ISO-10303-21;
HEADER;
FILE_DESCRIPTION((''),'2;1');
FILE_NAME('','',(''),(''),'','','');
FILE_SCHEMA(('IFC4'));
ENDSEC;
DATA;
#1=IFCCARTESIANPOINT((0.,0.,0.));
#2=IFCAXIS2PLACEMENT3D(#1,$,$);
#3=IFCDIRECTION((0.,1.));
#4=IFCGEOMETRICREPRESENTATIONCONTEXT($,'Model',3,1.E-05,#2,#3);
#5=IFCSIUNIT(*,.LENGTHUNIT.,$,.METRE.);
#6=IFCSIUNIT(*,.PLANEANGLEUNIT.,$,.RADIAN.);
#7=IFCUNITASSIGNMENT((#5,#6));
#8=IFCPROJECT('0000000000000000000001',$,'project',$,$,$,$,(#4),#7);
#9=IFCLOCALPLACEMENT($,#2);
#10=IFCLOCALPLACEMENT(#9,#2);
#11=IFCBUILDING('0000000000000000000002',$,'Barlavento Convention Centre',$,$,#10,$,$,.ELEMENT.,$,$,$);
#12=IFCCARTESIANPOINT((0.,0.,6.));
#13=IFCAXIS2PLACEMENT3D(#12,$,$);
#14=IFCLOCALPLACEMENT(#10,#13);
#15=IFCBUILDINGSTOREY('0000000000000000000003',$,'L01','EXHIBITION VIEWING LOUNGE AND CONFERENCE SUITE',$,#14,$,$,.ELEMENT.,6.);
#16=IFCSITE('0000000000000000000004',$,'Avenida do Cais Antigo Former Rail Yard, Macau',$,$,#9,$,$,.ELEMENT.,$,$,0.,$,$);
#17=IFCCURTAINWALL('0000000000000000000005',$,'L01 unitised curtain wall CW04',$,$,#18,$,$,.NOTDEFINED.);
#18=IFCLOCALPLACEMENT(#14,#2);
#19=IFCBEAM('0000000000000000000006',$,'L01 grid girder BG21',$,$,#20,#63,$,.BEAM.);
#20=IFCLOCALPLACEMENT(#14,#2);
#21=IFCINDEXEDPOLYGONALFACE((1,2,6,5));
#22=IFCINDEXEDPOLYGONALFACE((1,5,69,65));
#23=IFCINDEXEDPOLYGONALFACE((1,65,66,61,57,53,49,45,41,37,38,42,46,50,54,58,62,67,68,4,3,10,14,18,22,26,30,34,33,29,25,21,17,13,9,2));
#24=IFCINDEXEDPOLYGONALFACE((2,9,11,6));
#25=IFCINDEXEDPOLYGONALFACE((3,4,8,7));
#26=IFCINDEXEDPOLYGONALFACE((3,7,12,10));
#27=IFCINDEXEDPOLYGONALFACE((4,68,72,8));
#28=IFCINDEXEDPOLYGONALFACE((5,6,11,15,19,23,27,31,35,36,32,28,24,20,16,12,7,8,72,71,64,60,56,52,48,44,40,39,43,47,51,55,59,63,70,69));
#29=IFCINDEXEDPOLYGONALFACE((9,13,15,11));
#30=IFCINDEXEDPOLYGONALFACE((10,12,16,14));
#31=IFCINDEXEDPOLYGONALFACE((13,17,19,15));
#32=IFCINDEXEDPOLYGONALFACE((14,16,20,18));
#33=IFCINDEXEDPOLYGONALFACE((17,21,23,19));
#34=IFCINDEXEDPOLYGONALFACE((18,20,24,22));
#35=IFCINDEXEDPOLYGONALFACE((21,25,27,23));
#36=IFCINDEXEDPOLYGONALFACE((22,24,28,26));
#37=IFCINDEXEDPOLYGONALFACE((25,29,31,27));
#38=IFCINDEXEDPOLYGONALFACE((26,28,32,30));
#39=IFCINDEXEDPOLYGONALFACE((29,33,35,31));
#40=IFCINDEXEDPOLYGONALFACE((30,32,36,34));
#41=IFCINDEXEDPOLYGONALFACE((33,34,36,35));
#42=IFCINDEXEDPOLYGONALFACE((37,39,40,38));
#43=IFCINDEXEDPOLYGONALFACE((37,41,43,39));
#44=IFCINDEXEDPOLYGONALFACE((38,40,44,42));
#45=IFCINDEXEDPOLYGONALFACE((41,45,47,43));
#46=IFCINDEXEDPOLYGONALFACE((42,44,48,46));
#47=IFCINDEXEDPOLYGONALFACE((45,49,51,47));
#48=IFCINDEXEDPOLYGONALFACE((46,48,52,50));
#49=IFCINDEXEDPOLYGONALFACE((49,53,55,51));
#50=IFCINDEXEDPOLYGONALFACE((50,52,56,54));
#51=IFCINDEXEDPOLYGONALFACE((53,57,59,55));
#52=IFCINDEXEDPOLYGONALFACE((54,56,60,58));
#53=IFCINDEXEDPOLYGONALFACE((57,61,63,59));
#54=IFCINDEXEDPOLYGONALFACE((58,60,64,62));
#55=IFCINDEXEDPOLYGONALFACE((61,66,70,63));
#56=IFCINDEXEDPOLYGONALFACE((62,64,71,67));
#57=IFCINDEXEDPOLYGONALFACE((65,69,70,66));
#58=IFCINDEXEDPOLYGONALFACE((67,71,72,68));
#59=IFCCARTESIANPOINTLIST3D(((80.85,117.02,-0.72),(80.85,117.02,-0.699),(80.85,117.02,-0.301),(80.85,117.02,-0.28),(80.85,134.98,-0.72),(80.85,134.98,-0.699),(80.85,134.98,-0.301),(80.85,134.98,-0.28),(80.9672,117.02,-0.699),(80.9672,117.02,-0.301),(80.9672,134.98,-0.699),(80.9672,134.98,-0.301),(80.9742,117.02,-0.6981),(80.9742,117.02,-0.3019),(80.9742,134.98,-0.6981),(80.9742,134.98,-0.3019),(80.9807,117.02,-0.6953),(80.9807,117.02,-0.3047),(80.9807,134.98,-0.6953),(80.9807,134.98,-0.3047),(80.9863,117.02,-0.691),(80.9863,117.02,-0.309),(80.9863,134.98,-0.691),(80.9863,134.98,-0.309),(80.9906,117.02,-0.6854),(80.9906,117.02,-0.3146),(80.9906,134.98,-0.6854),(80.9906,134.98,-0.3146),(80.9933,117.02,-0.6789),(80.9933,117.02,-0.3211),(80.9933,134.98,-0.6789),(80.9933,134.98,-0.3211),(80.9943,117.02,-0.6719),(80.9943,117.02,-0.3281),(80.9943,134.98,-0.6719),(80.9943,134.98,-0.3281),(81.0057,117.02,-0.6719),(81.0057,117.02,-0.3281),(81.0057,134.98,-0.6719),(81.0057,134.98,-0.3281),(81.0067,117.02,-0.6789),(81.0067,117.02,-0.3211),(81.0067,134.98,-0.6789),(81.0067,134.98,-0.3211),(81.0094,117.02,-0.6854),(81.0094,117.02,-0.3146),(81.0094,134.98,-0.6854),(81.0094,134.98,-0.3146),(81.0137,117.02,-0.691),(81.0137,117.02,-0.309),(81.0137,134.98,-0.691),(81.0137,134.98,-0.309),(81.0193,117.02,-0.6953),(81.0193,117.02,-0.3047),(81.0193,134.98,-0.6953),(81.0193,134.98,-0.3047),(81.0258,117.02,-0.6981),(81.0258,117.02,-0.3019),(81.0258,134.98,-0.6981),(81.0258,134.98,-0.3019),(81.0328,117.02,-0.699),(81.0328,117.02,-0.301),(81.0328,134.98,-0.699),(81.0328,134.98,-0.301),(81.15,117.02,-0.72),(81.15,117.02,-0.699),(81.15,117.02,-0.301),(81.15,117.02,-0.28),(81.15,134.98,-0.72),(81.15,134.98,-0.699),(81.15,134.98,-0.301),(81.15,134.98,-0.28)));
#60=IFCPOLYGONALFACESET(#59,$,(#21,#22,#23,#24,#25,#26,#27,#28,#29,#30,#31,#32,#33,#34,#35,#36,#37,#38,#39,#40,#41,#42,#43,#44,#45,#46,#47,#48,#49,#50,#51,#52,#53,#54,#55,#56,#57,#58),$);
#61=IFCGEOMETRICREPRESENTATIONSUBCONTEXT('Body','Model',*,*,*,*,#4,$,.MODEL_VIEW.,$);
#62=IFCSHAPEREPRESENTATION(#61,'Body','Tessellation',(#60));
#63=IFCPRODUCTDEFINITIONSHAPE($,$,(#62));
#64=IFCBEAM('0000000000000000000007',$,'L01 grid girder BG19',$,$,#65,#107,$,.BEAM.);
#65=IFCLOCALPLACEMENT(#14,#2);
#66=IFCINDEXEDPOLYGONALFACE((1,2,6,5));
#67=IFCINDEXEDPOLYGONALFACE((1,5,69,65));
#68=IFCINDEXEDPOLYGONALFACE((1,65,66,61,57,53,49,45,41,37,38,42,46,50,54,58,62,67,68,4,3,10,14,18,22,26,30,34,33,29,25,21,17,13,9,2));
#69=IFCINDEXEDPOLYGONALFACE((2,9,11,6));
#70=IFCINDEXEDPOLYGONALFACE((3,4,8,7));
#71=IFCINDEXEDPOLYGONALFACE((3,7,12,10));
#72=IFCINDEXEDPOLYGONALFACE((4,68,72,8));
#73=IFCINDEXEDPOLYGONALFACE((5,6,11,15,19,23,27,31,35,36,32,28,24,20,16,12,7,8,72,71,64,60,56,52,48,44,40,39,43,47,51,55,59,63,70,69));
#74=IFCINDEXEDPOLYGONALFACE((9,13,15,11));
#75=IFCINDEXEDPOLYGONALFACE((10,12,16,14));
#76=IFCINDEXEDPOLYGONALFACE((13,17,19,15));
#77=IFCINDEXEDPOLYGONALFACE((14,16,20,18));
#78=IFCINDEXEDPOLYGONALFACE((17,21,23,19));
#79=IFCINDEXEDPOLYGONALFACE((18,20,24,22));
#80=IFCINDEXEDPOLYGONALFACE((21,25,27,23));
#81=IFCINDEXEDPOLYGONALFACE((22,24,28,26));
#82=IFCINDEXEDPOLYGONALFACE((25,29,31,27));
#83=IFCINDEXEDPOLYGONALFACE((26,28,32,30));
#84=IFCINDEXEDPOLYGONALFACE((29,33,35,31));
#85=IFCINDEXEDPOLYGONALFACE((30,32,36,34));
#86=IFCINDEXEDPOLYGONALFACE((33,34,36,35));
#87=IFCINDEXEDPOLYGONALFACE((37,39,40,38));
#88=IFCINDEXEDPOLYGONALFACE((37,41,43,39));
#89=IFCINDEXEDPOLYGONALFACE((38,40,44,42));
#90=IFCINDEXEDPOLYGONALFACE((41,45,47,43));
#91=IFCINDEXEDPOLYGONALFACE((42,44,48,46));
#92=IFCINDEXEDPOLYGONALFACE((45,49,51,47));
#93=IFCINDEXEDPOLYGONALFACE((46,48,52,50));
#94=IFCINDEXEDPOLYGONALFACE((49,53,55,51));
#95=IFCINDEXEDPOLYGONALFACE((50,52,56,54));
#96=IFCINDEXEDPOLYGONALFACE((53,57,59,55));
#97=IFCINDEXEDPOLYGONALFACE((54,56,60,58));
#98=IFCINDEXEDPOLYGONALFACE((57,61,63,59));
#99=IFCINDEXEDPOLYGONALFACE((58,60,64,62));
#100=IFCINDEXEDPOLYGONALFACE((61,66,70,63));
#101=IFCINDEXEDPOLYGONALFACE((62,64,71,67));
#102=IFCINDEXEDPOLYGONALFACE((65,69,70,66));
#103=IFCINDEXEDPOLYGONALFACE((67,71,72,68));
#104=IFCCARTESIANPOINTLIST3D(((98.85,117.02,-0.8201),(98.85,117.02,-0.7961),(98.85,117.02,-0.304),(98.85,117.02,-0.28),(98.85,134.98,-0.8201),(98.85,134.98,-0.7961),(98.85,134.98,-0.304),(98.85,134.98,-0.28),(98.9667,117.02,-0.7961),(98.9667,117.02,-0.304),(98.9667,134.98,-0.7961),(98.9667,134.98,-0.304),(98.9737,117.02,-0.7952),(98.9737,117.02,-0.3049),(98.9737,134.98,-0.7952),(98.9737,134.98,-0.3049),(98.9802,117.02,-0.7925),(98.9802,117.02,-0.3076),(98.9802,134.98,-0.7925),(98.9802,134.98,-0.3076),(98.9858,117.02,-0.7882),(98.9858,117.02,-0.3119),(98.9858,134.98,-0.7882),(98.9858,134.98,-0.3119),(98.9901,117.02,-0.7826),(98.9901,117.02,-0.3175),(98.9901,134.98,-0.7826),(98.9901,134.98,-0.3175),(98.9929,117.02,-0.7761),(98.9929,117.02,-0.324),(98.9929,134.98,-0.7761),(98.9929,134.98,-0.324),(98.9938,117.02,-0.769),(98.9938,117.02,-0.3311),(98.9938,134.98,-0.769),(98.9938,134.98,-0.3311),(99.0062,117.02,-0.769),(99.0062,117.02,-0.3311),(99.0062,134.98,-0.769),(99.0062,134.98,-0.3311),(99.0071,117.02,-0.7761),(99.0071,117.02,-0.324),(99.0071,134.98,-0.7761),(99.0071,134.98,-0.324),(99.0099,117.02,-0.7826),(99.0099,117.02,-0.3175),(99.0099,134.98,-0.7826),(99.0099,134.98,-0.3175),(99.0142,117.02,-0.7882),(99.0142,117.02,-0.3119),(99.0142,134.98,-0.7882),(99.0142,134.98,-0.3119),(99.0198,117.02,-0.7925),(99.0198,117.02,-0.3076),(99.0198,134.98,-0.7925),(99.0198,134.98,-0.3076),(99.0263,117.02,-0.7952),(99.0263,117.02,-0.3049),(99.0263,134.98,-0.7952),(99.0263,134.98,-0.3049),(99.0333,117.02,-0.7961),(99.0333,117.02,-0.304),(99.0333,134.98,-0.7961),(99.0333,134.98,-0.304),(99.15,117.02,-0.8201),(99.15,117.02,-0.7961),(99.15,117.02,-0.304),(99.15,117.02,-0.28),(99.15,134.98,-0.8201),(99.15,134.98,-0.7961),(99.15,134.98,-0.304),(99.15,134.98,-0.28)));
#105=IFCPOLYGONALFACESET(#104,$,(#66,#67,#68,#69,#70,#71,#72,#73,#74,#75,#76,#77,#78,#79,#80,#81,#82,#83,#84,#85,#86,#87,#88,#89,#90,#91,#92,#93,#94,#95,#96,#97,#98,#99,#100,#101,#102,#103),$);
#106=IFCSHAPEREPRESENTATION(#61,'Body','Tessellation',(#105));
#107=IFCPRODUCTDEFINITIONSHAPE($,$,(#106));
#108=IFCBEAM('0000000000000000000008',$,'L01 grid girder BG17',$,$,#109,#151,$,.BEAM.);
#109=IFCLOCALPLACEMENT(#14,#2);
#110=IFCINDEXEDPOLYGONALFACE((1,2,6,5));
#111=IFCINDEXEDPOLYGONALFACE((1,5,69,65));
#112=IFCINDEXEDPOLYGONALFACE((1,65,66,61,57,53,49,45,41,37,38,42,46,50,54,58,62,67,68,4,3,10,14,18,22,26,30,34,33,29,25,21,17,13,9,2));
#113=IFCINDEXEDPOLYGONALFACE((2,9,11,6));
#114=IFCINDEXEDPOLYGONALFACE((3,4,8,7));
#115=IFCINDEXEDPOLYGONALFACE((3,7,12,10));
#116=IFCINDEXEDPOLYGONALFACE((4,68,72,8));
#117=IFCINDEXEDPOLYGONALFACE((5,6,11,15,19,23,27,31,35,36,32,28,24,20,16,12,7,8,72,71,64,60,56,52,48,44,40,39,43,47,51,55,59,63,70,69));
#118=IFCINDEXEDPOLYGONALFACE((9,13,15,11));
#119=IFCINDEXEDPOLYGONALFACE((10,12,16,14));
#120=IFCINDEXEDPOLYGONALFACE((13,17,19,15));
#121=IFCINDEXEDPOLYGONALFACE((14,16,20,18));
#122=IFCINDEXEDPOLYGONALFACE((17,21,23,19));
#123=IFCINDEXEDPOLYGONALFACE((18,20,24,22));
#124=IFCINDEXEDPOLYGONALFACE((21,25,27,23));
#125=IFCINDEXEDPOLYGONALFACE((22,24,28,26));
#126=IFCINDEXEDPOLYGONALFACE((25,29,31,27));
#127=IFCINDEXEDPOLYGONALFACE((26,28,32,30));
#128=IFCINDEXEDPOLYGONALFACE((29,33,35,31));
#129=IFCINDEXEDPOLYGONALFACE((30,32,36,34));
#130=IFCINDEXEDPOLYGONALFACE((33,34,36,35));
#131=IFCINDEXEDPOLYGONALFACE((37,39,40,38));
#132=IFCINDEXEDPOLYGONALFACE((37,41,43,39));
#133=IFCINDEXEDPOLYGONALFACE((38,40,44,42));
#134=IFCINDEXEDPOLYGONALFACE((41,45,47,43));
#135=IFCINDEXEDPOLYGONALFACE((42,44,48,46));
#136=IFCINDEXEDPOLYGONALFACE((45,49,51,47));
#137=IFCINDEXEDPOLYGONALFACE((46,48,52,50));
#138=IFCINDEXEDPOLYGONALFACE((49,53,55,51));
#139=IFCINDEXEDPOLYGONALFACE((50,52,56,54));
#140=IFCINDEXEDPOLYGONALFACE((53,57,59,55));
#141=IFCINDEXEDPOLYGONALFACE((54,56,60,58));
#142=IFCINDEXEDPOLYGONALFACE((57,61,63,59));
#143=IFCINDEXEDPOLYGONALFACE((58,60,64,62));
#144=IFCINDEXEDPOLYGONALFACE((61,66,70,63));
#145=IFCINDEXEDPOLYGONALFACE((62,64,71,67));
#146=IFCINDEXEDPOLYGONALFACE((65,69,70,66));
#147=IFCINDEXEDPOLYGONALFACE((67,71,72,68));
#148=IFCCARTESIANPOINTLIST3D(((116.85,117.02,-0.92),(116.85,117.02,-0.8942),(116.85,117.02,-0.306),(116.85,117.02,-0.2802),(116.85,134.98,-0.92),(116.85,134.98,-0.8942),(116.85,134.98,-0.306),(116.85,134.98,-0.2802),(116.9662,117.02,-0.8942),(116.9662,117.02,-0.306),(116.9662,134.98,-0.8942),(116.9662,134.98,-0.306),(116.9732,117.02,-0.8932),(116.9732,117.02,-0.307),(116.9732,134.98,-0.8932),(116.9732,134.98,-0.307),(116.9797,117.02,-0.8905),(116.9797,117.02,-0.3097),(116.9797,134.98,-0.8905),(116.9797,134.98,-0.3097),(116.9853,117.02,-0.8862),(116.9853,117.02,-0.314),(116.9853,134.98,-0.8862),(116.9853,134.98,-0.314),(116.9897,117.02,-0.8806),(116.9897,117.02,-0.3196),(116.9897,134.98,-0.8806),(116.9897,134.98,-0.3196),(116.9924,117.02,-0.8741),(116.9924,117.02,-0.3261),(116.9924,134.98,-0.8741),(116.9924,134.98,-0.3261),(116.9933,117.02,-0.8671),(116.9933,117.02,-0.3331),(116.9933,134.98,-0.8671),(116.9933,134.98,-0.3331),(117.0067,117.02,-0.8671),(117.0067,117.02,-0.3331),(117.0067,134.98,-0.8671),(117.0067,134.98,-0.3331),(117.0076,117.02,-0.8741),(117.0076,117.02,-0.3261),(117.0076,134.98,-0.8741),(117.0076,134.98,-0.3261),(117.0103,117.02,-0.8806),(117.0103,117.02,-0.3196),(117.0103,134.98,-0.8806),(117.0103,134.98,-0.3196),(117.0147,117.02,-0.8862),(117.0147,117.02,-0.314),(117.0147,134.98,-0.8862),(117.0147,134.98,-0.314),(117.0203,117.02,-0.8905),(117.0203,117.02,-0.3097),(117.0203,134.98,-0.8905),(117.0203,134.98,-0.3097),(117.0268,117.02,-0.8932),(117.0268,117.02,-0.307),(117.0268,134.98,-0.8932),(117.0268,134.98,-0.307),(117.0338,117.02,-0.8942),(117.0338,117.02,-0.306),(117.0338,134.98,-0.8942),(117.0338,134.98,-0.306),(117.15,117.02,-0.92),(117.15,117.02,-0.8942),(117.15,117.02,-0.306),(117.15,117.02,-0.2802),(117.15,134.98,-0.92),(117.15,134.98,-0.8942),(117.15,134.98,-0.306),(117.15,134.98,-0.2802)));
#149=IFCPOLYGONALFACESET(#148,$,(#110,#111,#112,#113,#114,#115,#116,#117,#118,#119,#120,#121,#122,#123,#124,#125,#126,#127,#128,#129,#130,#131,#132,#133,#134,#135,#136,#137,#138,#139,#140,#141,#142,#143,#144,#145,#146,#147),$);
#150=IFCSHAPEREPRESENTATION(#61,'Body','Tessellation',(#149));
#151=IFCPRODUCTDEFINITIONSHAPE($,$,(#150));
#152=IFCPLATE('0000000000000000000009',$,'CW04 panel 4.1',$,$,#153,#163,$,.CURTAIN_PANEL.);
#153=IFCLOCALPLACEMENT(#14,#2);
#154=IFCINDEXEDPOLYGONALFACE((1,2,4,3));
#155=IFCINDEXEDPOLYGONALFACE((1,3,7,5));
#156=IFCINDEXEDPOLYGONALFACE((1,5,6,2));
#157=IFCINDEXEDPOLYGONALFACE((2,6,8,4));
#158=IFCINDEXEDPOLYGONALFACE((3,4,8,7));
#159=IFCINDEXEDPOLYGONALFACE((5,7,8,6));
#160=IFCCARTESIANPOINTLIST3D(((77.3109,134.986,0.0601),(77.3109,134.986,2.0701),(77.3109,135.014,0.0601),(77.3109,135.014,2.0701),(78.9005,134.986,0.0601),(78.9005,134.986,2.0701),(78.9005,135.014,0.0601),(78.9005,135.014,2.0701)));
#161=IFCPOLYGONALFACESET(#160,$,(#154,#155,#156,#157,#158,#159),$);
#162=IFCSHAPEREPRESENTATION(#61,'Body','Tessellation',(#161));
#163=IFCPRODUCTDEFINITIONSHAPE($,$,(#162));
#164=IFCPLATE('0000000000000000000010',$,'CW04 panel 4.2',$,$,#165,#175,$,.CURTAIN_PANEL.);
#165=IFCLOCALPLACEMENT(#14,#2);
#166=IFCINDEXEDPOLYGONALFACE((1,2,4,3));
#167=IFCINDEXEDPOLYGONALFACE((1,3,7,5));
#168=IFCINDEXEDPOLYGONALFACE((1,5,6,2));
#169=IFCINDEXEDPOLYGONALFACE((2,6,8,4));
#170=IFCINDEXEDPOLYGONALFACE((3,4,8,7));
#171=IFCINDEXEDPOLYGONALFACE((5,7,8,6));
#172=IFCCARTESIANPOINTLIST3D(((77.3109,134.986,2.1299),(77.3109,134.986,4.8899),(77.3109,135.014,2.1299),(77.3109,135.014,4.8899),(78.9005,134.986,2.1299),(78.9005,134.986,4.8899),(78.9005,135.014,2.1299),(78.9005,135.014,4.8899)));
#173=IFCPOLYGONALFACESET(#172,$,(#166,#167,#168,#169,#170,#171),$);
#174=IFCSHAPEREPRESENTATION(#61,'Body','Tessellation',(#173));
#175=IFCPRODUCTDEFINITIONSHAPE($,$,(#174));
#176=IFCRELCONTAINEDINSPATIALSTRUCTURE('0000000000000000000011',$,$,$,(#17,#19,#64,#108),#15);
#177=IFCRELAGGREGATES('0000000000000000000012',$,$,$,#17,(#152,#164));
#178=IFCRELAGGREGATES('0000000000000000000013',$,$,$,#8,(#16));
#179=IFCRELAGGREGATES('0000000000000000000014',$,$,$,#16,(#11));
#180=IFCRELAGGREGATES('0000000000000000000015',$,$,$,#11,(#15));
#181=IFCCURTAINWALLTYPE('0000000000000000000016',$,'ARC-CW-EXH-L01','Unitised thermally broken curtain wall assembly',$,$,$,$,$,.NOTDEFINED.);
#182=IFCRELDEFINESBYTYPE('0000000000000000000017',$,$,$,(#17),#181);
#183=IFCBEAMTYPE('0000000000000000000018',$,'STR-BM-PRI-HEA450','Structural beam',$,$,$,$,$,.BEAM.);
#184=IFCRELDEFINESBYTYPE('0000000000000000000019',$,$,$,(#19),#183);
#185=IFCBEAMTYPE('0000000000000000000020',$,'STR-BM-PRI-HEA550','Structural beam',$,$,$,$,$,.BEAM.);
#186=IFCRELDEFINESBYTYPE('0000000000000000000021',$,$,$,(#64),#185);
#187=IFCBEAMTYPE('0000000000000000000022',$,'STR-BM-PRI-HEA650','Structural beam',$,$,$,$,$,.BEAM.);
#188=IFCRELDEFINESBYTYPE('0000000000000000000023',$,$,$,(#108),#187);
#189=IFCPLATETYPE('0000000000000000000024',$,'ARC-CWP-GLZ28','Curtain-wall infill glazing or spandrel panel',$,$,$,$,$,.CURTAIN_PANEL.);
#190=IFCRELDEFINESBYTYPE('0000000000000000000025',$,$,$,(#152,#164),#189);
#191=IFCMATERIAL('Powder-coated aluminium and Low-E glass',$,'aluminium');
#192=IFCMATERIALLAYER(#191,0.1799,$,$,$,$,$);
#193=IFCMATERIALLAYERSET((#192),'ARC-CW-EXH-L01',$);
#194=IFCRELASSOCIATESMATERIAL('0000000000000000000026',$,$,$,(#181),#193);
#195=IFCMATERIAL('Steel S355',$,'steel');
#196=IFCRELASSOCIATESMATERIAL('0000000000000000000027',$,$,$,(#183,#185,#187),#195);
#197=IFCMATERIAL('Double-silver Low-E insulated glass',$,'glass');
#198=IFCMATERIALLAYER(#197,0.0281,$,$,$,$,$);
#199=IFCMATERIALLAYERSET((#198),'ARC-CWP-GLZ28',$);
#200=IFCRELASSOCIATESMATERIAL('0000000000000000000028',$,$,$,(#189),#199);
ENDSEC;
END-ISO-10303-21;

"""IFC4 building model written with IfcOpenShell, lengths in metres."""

from ifc_helpers import new_model, si_unit, direction, frame, origin, origin_2d, place, context, subcontext, project, spatial, rectangle, i_section, extrude, material, layer, layer_set, material_profile, profile_set, type_object, element, aggregate, save


model = new_model("IFC4")

# Units and contexts
model_context = context("Model", 3, precision=1e-05, world=origin(), true_north=direction((0.0, 1.0)))
body_context = subcontext(model_context, "Body", "Model", "MODEL_VIEW")
ifc_project = project(units=[si_unit("LENGTHUNIT", "METRE"), si_unit("PLANEANGLEUNIT", "RADIAN")], contexts=[model_context])

# Site, building, storey
site_placement = place(None, origin())
site = spatial("IfcSite", under=ifc_project, at=site_placement, Name="Avenida do Cais Antigo Former Rail Yard, Macau", CompositionType="ELEMENT", RefElevation=0.0)
building_placement = place(site_placement, origin())
building = spatial("IfcBuilding", under=site, at=building_placement, Name="Barlavento Convention Centre", CompositionType="ELEMENT")
storey_placement = place(building_placement, frame((0.0, 0.0, 6.0)))
storey = spatial("IfcBuildingStorey", under=building, at=storey_placement, Name="L01", Description="EXHIBITION VIEWING LOUNGE AND CONFERENCE SUITE", CompositionType="ELEMENT", Elevation=6.0)

# Curtain wall
ifc_material_1 = material(Name="Powder-coated aluminium and Low-E glass", Category="aluminium")
ifc_layer_1 = layer(ifc_material_1, 0.1799)
ifc_layer_set_1 = layer_set([ifc_layer_1], Name="ARC-CW-EXH-L01")
curtain_wall_type = type_object("IfcCurtainWallType", Name="ARC-CW-EXH-L01", Description="Unitised thermally broken curtain wall assembly", PredefinedType="NOTDEFINED", material=ifc_layer_set_1)
curtain_wall_placement = place(storey_placement, origin())
curtain_wall = element("IfcCurtainWall", 1, at=curtain_wall_placement, inside=storey, type_object=curtain_wall_type, Name="L01 unitised curtain wall CW04", PredefinedType="NOTDEFINED")

# Beams
ifc_material_2 = material(Name="Steel S355", Category="steel")
ifc_material_profile_1 = material_profile(ifc_material_2, i_section(OverallWidth=0.3, OverallDepth=0.4399, WebThickness=0.0115, FlangeThickness=0.021, FilletRadius=0.0271, at=origin_2d()), Name="HEA 450")
ifc_profile_set_1 = profile_set([ifc_material_profile_1], Name="Steel S355")
beam_type_1 = type_object("IfcBeamType", Name="STR-BM-PRI-HEA450", Description="Structural beam", PredefinedType="BEAM", material=ifc_profile_set_1)
beam_1_placement = place(storey_placement, frame((81.0, 117.02, -0.5), z_axis=(0.0, 1.0, 0.0), x_axis=(-1.0, 0.0, 0.0)))
element("IfcBeam", 2, at=beam_1_placement, inside=storey, type_object=beam_type_1, Name="L01 grid girder BG21", PredefinedType="BEAM", context=body_context, shape_type="SweptSolid", body=[
    extrude(i_section(OverallWidth=0.3, OverallDepth=0.4399, WebThickness=0.0115, FlangeThickness=0.021, FilletRadius=0.0271, at=origin_2d()), origin(), (0.0, 0.0, 1.0), 17.96),
])
ifc_material_profile_2 = material_profile(ifc_material_2, i_section(OverallWidth=0.3, OverallDepth=0.54, WebThickness=0.0125, FlangeThickness=0.0239, FilletRadius=0.0271, at=origin_2d()), Name="HEA 550")
ifc_profile_set_2 = profile_set([ifc_material_profile_2], Name="Steel S355")
beam_type_2 = type_object("IfcBeamType", Name="STR-BM-PRI-HEA550", Description="Structural beam", PredefinedType="BEAM", material=ifc_profile_set_2)
beam_2_placement = place(storey_placement, frame((99.0, 117.02, -0.55), z_axis=(0.0, 1.0, 0.0), x_axis=(-1.0, 0.0, 0.0)))
element("IfcBeam", 3, at=beam_2_placement, inside=storey, type_object=beam_type_2, Name="L01 grid girder BG19", PredefinedType="BEAM", context=body_context, shape_type="SweptSolid", body=[
    extrude(i_section(OverallWidth=0.3, OverallDepth=0.54, WebThickness=0.0125, FlangeThickness=0.0239, FilletRadius=0.0271, at=origin_2d()), origin(), (0.0, 0.0, 1.0), 17.96),
])
ifc_material_profile_3 = material_profile(ifc_material_2, i_section(OverallWidth=0.3, OverallDepth=0.6399, WebThickness=0.0134, FlangeThickness=0.0259, FilletRadius=0.0271, at=origin_2d()), Name="HEA 650")
ifc_profile_set_3 = profile_set([ifc_material_profile_3], Name="Steel S355")
beam_type_3 = type_object("IfcBeamType", Name="STR-BM-PRI-HEA650", Description="Structural beam", PredefinedType="BEAM", material=ifc_profile_set_3)
beam_3_placement = place(storey_placement, frame((117.0, 117.02, -0.6001), z_axis=(0.0, 1.0, 0.0), x_axis=(-1.0, 0.0, 0.0)))
element("IfcBeam", 4, at=beam_3_placement, inside=storey, type_object=beam_type_3, Name="L01 grid girder BG17", PredefinedType="BEAM", context=body_context, shape_type="SweptSolid", body=[
    extrude(i_section(OverallWidth=0.3, OverallDepth=0.6399, WebThickness=0.0134, FlangeThickness=0.0259, FilletRadius=0.0271, at=origin_2d()), origin(), (0.0, 0.0, 1.0), 17.96),
])

# Plates
ifc_material_3 = material(Name="Double-silver Low-E insulated glass", Category="glass")
ifc_layer_2 = layer(ifc_material_3, 0.0281)
ifc_layer_set_2 = layer_set([ifc_layer_2], Name="ARC-CWP-GLZ28")
plate_type = type_object("IfcPlateType", Name="ARC-CWP-GLZ28", Description="Curtain-wall infill glazing or spandrel panel", PredefinedType="CURTAIN_PANEL", material=ifc_layer_set_2)
plate_1_placement = place(storey_placement, frame((78.1057, 135.0, 0.0601), z_axis=(0.0, 0.0, 1.0), x_axis=(1.0, 0.0, 0.0)))
plate_1 = element("IfcPlate", 5, at=plate_1_placement, type_object=plate_type, Name="CW04 panel 4.1", PredefinedType="CURTAIN_PANEL", context=body_context, shape_type="SweptSolid", body=[
    extrude(rectangle(XDim=1.5896, YDim=0.0281, at=origin_2d()), origin(), (0.0, 0.0, 1.0), 2.01),
])
plate_2_placement = place(storey_placement, frame((78.1057, 135.0, 2.1299), z_axis=(0.0, 0.0, 1.0), x_axis=(1.0, 0.0, 0.0)))
plate_2 = element("IfcPlate", 6, at=plate_2_placement, type_object=plate_type, Name="CW04 panel 4.2", PredefinedType="CURTAIN_PANEL", context=body_context, shape_type="SweptSolid", body=[
    extrude(rectangle(XDim=1.5896, YDim=0.0281, at=origin_2d()), origin(), (0.0, 0.0, 1.0), 2.76),
])
aggregate(curtain_wall, [plate_1, plate_2])

save(model, "model.ifc")
